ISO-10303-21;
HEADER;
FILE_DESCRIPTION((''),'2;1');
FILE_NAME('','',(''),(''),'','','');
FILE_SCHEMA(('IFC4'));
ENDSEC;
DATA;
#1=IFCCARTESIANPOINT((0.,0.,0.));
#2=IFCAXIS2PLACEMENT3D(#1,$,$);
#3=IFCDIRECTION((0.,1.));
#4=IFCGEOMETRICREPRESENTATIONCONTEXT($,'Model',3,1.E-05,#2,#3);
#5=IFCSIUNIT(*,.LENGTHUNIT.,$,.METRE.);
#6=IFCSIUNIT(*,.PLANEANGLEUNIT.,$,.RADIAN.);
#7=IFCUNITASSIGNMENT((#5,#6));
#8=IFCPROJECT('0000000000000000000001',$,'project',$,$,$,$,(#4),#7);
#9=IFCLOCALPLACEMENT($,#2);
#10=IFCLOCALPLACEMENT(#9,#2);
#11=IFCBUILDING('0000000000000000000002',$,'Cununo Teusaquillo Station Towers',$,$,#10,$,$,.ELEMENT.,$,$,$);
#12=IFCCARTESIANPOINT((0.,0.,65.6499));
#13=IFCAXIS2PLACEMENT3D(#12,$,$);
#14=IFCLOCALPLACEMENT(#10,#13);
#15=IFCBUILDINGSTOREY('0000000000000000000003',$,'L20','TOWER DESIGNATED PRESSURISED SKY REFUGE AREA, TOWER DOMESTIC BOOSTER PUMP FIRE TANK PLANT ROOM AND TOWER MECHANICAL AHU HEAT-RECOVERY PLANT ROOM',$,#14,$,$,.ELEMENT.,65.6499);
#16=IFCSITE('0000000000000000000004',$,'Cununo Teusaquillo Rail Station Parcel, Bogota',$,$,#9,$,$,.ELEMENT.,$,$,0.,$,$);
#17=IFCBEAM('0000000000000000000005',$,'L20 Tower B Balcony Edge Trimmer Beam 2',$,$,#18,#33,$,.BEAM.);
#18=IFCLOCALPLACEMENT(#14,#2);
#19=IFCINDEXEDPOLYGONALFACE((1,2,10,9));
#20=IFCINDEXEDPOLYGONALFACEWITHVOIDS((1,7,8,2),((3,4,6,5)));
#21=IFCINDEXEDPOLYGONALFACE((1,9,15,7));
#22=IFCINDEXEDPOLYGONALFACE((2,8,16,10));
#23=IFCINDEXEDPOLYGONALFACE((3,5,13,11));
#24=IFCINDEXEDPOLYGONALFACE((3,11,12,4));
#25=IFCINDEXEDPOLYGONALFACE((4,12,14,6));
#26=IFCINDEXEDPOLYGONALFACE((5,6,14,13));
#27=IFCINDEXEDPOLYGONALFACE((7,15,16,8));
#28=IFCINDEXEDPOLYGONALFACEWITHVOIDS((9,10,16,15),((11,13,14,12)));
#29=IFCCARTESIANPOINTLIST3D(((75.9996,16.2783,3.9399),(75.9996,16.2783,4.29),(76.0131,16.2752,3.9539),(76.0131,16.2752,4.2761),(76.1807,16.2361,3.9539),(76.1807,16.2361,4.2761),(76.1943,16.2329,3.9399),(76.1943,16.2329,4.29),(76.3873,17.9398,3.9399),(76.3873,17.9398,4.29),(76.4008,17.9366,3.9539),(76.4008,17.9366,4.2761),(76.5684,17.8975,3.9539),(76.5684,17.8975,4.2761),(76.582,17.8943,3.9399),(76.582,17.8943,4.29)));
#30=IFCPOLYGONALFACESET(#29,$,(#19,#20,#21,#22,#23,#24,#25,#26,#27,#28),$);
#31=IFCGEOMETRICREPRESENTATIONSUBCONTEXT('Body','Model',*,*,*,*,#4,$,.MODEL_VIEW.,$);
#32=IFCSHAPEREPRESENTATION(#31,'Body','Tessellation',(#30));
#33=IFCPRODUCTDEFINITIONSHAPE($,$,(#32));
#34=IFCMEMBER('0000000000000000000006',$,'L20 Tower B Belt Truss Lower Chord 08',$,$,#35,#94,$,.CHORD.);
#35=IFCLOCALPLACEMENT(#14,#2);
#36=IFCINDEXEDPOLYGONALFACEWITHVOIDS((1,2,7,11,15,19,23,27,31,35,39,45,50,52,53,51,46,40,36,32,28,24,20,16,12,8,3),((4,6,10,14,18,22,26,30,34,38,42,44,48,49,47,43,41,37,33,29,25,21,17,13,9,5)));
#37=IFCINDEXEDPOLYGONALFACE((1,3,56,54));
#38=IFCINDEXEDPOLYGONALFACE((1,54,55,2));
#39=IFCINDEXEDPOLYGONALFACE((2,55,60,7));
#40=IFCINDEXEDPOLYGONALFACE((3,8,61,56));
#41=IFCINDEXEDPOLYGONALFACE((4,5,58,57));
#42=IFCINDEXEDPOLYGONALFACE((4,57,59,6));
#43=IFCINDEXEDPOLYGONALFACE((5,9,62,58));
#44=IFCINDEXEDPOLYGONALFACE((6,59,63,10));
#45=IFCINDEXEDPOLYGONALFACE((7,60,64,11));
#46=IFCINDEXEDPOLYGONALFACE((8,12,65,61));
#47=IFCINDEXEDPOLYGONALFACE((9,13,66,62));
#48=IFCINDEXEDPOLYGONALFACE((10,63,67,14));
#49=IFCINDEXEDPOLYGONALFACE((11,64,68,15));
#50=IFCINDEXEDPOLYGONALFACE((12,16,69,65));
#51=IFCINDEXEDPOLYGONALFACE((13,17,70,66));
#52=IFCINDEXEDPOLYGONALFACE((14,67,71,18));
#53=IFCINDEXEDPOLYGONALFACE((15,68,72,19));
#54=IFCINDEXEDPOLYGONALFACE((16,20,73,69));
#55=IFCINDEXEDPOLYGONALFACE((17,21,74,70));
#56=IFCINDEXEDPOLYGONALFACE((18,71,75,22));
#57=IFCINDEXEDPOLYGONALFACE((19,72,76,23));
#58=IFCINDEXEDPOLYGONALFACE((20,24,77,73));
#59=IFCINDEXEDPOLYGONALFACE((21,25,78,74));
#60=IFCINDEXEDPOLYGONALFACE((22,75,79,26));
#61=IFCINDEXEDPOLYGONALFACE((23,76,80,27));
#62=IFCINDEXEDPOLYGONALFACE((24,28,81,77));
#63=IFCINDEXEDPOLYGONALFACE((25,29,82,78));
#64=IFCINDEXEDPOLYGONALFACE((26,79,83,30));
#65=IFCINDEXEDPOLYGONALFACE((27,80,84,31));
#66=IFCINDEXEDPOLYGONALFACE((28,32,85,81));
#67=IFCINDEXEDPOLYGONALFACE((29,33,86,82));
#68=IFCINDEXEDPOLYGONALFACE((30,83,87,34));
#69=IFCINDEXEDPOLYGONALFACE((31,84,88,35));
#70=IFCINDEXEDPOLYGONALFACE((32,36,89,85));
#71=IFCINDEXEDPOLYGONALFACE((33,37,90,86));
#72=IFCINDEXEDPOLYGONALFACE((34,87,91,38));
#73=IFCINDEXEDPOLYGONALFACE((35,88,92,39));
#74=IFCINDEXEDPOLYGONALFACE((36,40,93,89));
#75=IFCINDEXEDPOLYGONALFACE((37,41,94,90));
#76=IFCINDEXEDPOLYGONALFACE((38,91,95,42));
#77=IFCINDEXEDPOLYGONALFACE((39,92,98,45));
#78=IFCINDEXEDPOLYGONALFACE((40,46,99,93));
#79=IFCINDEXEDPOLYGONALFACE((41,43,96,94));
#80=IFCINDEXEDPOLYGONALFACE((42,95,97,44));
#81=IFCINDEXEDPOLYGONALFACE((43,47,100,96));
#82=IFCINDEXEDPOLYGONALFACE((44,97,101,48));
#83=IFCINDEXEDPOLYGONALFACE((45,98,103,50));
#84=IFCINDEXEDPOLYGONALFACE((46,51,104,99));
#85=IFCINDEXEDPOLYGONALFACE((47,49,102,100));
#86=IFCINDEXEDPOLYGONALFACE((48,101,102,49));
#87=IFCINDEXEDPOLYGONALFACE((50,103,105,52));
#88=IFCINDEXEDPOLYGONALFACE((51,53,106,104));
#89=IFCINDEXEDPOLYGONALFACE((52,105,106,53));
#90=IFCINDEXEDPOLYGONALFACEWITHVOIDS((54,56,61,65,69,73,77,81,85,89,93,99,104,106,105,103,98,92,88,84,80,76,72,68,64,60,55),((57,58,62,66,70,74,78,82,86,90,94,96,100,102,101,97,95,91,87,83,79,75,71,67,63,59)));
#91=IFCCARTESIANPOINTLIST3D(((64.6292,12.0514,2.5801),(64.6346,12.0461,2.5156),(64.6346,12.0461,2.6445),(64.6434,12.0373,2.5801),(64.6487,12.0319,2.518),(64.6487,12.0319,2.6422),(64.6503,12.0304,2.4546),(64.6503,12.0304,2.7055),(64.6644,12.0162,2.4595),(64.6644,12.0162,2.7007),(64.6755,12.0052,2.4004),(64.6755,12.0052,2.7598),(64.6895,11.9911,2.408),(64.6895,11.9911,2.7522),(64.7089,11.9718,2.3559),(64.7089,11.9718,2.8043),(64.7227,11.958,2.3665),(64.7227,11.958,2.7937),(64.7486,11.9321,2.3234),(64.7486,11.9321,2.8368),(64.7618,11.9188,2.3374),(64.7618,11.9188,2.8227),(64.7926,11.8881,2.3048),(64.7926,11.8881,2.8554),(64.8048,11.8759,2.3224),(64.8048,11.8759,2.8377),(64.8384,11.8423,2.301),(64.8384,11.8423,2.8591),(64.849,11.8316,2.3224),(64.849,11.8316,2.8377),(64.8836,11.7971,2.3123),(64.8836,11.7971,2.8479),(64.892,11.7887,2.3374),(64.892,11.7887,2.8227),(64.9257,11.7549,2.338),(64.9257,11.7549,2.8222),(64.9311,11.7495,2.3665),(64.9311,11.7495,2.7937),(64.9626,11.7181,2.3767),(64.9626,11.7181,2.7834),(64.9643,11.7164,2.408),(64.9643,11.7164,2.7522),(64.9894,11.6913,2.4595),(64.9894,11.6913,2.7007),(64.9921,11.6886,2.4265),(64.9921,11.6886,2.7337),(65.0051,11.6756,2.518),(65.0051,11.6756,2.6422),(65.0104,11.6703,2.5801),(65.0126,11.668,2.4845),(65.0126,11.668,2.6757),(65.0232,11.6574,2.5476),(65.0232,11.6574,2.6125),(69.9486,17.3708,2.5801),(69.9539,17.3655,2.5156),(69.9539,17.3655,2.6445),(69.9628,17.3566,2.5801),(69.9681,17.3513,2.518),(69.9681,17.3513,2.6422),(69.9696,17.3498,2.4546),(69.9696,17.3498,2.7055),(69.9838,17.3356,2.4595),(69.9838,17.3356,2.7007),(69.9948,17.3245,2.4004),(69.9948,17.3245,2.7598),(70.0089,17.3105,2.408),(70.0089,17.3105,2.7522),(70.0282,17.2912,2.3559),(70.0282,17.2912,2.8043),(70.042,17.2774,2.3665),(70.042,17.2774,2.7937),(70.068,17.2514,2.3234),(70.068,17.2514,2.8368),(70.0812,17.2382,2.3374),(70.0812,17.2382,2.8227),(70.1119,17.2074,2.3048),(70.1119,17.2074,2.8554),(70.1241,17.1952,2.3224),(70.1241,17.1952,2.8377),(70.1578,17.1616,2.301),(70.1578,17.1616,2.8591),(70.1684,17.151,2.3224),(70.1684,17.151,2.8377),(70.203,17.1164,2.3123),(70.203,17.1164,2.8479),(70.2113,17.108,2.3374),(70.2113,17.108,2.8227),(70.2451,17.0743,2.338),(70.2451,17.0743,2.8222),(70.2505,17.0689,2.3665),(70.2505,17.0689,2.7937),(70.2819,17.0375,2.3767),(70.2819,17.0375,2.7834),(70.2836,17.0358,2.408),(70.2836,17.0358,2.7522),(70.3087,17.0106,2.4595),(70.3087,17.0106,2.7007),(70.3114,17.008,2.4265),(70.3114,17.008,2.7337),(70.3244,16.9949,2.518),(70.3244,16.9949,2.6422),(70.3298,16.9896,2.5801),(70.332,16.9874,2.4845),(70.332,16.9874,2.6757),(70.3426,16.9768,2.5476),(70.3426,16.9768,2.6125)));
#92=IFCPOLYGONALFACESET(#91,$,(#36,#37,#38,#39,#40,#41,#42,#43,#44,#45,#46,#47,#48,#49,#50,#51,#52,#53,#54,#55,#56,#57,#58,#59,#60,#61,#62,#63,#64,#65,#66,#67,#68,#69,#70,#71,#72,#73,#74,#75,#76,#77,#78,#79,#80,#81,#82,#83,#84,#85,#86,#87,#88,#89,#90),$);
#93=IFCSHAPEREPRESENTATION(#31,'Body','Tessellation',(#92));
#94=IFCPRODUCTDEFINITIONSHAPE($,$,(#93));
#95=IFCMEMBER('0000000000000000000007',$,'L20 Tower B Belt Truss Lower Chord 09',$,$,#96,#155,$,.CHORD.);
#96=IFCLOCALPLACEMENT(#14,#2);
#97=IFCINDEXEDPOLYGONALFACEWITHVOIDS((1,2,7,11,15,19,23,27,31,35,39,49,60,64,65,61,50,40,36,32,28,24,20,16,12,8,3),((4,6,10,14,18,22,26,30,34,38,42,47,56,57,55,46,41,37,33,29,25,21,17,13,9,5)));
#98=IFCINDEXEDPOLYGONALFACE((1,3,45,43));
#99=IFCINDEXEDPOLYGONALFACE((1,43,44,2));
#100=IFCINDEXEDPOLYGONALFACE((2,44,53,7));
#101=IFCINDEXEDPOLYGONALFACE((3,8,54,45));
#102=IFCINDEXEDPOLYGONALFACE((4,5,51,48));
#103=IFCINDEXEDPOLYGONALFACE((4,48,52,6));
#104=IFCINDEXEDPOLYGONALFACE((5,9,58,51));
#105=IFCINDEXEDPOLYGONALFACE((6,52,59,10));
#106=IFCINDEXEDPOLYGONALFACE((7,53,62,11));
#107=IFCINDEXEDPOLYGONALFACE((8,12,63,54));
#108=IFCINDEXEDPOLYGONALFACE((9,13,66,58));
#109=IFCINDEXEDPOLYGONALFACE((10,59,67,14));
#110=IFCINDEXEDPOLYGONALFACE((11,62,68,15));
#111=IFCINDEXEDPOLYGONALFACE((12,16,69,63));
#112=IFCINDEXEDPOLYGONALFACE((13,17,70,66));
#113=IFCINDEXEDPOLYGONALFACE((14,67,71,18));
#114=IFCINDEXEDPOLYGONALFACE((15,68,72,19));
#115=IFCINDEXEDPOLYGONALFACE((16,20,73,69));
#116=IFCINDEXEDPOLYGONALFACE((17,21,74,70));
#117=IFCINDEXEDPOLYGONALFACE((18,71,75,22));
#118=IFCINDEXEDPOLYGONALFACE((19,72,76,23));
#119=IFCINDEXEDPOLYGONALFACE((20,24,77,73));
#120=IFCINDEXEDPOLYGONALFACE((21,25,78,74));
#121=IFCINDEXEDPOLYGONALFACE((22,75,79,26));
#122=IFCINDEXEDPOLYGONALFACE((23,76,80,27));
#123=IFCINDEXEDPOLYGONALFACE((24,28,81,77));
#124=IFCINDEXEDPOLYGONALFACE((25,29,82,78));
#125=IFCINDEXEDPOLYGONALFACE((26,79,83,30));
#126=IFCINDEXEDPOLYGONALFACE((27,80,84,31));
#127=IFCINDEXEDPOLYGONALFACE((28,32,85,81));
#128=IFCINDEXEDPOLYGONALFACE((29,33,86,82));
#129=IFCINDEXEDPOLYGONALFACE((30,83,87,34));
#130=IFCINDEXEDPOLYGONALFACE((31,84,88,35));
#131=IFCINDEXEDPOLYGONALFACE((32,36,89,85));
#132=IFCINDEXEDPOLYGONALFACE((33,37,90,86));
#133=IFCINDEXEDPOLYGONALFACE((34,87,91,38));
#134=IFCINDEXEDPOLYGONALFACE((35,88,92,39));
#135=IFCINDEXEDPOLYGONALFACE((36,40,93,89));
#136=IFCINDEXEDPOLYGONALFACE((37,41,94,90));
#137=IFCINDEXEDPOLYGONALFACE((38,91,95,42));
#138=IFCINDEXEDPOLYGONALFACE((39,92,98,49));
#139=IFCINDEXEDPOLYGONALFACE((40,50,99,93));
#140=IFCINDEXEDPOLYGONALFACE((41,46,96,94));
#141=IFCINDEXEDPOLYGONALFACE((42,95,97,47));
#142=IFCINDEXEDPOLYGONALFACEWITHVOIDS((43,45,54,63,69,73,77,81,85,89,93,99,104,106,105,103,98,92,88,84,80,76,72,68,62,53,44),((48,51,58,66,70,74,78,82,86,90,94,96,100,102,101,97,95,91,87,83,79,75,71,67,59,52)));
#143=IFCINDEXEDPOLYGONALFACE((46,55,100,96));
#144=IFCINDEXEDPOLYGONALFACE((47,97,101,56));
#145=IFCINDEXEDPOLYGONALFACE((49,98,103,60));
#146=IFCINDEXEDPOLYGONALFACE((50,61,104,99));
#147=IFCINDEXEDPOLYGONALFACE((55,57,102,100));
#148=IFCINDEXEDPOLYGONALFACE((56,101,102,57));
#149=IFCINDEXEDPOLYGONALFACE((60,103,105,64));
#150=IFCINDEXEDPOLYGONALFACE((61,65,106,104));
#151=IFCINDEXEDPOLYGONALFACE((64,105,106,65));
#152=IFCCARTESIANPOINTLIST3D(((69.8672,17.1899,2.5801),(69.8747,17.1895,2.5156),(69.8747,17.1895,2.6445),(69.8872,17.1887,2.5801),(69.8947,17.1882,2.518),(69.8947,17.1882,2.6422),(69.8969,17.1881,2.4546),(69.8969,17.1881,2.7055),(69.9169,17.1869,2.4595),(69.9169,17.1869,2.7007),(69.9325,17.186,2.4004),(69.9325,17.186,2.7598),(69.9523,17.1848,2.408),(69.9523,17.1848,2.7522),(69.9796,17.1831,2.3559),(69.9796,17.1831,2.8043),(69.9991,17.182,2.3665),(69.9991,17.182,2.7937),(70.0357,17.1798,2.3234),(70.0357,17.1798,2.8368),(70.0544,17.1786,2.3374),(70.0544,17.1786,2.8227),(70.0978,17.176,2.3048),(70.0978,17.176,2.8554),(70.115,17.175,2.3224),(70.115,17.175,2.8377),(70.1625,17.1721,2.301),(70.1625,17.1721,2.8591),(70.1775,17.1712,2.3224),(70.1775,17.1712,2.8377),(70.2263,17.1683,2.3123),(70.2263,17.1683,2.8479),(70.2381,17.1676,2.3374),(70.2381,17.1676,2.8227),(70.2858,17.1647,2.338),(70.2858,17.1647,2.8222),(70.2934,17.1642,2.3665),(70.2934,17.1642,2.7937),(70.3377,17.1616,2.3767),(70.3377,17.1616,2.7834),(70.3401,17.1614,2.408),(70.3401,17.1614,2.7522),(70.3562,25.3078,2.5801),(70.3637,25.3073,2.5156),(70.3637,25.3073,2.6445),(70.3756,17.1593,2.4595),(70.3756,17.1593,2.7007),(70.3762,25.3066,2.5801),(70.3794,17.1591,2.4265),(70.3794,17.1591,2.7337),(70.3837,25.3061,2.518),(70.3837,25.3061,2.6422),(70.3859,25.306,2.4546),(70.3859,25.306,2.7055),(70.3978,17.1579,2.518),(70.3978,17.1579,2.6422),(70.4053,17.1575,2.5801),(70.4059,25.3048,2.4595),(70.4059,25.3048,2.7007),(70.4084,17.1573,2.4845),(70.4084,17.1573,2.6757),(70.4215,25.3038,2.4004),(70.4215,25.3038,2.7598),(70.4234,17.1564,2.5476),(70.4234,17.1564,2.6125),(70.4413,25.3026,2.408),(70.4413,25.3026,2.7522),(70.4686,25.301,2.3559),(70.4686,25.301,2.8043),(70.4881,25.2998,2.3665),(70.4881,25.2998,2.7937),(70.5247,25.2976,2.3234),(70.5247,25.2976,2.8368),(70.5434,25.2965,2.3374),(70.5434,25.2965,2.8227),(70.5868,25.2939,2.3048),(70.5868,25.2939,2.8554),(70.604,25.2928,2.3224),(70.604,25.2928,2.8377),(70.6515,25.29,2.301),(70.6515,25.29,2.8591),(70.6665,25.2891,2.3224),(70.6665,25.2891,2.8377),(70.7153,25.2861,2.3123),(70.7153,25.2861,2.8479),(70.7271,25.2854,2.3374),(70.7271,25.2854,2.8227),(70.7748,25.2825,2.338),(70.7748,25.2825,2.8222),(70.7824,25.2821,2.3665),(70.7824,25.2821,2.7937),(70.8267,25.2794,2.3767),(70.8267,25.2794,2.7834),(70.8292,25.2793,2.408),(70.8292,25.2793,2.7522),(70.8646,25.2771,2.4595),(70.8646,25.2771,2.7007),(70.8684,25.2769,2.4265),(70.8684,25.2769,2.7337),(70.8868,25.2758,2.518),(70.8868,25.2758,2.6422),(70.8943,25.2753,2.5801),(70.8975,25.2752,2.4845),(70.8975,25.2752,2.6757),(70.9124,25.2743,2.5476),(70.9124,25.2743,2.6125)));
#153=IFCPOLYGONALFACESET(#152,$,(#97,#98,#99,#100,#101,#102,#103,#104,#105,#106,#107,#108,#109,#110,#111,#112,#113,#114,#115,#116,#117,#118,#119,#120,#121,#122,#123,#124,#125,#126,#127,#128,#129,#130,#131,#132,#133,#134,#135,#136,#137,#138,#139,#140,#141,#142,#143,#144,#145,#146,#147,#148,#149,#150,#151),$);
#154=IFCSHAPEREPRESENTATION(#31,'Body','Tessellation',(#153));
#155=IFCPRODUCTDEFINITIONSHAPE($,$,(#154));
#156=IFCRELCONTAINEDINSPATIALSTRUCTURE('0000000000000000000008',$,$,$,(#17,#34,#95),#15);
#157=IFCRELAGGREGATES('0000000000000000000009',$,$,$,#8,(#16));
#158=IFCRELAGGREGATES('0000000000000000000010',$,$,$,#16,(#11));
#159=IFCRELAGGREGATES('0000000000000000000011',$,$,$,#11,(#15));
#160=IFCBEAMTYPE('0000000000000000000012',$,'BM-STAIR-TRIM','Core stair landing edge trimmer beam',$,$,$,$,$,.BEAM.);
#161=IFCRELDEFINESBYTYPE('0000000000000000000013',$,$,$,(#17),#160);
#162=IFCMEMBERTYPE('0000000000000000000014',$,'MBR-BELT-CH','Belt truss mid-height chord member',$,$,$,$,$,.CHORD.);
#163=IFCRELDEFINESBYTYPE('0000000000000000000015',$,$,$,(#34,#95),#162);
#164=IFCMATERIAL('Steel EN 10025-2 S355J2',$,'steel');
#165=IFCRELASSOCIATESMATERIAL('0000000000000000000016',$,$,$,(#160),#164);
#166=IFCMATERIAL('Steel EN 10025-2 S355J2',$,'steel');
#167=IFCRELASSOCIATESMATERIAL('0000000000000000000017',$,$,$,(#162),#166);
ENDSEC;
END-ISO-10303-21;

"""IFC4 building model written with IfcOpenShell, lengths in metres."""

from ifc_helpers import new_model, si_unit, direction, frame, origin, origin_2d, place, context, subcontext, project, spatial, hollow_rectangle, hollow_circle, extrude, material, material_profile, profile_set, type_object, element, save


model = new_model("IFC4")

# Units and contexts
model_context = context("Model", 3, precision=1e-05, world=origin(), true_north=direction((0.0, 1.0)))
body_context = subcontext(model_context, "Body", "Model", "MODEL_VIEW")
ifc_project = project(units=[si_unit("LENGTHUNIT", "METRE"), si_unit("PLANEANGLEUNIT", "RADIAN")], contexts=[model_context])

# Site, building, storey
site_placement = place(None, origin())
site = spatial("IfcSite", under=ifc_project, at=site_placement, Name="Cununo Teusaquillo Rail Station Parcel, Bogota", CompositionType="ELEMENT", RefElevation=0.0)
building_placement = place(site_placement, origin())
building = spatial("IfcBuilding", under=site, at=building_placement, Name="Cununo Teusaquillo Station Towers", CompositionType="ELEMENT")
storey_placement = place(building_placement, frame((0.0, 0.0, 65.6499)))
storey = spatial("IfcBuildingStorey", under=building, at=storey_placement, Name="L20", Description="TOWER DESIGNATED PRESSURISED SKY REFUGE AREA, TOWER DOMESTIC BOOSTER PUMP FIRE TANK PLANT ROOM AND TOWER MECHANICAL AHU HEAT-RECOVERY PLANT ROOM", CompositionType="ELEMENT", Elevation=65.6499)

# Beam
ifc_material_1 = material(Name="Steel EN 10025-2 S355J2", Category="steel")
ifc_material_profile_1 = material_profile(ifc_material_1, hollow_rectangle(XDim=0.2, YDim=0.3501, WallThickness=0.0139, at=origin_2d()), Name="RHS 350x200x14")
ifc_profile_set_1 = profile_set([ifc_material_profile_1], Name="Steel EN 10025-2 S355J2")
beam_type_1 = type_object("IfcBeamType", Name="BM-STAIR-TRIM", Description="Core stair landing edge trimmer beam", PredefinedType="BEAM", material=ifc_profile_set_1)
beam_1_placement = place(storey_placement, frame((76.0969, 16.2556, 4.115), z_axis=(0.227252, 0.973836, 0.0), x_axis=(-0.973836, 0.227252, 0.0)))
element("IfcBeam", 1, at=beam_1_placement, inside=storey, type_object=beam_type_1, Name="L20 Tower B Balcony Edge Trimmer Beam 2", PredefinedType="BEAM", context=body_context, shape_type="SweptSolid", body=[
    extrude(hollow_rectangle(XDim=0.2, YDim=0.3501, WallThickness=0.0139, at=origin_2d()), origin(), (0.0, 0.0, 1.0), 1.7061),
])

# Members
ifc_material_2 = material(Name="Steel EN 10025-2 S355J2", Category="steel")
ifc_material_profile_2 = material_profile(ifc_material_2, hollow_circle(Radius=0.2795, WallThickness=0.02, at=origin_2d()), Name="CHS 559x20")
ifc_profile_set_2 = profile_set([ifc_material_profile_2], Name="Steel EN 10025-2 S355J2")
member_type_1 = type_object("IfcMemberType", Name="MBR-BELT-CH", Description="Belt truss mid-height chord member", PredefinedType="CHORD", material=ifc_profile_set_2)
member_1_placement = place(storey_placement, frame((64.8269, 11.8538, 2.5801), z_axis=(0.707107, 0.707107, 0.0), x_axis=(-0.707107, 0.707107, 0.0)))
element("IfcMember", 2, at=member_1_placement, inside=storey, type_object=member_type_1, Name="L20 Tower B Belt Truss Lower Chord 08", PredefinedType="CHORD", context=body_context, shape_type="SweptSolid", body=[
    extrude(hollow_circle(Radius=0.2795, WallThickness=0.02, at=origin_2d()), origin(), (0.0, 0.0, 1.0), 7.5227),
])
member_2_placement = place(storey_placement, frame((70.1462, 17.1731, 2.5801), z_axis=(0.06013, 0.998191, 0.0), x_axis=(-0.998191, 0.06013, 0.0)))
element("IfcMember", 3, at=member_2_placement, inside=storey, type_object=member_type_1, Name="L20 Tower B Belt Truss Lower Chord 09", PredefinedType="CHORD", context=body_context, shape_type="SweptSolid", body=[
    extrude(hollow_circle(Radius=0.2795, WallThickness=0.02, at=origin_2d()), origin(), (0.0, 0.0, 1.0), 8.1326),
])

save(model, "model.ifc")
